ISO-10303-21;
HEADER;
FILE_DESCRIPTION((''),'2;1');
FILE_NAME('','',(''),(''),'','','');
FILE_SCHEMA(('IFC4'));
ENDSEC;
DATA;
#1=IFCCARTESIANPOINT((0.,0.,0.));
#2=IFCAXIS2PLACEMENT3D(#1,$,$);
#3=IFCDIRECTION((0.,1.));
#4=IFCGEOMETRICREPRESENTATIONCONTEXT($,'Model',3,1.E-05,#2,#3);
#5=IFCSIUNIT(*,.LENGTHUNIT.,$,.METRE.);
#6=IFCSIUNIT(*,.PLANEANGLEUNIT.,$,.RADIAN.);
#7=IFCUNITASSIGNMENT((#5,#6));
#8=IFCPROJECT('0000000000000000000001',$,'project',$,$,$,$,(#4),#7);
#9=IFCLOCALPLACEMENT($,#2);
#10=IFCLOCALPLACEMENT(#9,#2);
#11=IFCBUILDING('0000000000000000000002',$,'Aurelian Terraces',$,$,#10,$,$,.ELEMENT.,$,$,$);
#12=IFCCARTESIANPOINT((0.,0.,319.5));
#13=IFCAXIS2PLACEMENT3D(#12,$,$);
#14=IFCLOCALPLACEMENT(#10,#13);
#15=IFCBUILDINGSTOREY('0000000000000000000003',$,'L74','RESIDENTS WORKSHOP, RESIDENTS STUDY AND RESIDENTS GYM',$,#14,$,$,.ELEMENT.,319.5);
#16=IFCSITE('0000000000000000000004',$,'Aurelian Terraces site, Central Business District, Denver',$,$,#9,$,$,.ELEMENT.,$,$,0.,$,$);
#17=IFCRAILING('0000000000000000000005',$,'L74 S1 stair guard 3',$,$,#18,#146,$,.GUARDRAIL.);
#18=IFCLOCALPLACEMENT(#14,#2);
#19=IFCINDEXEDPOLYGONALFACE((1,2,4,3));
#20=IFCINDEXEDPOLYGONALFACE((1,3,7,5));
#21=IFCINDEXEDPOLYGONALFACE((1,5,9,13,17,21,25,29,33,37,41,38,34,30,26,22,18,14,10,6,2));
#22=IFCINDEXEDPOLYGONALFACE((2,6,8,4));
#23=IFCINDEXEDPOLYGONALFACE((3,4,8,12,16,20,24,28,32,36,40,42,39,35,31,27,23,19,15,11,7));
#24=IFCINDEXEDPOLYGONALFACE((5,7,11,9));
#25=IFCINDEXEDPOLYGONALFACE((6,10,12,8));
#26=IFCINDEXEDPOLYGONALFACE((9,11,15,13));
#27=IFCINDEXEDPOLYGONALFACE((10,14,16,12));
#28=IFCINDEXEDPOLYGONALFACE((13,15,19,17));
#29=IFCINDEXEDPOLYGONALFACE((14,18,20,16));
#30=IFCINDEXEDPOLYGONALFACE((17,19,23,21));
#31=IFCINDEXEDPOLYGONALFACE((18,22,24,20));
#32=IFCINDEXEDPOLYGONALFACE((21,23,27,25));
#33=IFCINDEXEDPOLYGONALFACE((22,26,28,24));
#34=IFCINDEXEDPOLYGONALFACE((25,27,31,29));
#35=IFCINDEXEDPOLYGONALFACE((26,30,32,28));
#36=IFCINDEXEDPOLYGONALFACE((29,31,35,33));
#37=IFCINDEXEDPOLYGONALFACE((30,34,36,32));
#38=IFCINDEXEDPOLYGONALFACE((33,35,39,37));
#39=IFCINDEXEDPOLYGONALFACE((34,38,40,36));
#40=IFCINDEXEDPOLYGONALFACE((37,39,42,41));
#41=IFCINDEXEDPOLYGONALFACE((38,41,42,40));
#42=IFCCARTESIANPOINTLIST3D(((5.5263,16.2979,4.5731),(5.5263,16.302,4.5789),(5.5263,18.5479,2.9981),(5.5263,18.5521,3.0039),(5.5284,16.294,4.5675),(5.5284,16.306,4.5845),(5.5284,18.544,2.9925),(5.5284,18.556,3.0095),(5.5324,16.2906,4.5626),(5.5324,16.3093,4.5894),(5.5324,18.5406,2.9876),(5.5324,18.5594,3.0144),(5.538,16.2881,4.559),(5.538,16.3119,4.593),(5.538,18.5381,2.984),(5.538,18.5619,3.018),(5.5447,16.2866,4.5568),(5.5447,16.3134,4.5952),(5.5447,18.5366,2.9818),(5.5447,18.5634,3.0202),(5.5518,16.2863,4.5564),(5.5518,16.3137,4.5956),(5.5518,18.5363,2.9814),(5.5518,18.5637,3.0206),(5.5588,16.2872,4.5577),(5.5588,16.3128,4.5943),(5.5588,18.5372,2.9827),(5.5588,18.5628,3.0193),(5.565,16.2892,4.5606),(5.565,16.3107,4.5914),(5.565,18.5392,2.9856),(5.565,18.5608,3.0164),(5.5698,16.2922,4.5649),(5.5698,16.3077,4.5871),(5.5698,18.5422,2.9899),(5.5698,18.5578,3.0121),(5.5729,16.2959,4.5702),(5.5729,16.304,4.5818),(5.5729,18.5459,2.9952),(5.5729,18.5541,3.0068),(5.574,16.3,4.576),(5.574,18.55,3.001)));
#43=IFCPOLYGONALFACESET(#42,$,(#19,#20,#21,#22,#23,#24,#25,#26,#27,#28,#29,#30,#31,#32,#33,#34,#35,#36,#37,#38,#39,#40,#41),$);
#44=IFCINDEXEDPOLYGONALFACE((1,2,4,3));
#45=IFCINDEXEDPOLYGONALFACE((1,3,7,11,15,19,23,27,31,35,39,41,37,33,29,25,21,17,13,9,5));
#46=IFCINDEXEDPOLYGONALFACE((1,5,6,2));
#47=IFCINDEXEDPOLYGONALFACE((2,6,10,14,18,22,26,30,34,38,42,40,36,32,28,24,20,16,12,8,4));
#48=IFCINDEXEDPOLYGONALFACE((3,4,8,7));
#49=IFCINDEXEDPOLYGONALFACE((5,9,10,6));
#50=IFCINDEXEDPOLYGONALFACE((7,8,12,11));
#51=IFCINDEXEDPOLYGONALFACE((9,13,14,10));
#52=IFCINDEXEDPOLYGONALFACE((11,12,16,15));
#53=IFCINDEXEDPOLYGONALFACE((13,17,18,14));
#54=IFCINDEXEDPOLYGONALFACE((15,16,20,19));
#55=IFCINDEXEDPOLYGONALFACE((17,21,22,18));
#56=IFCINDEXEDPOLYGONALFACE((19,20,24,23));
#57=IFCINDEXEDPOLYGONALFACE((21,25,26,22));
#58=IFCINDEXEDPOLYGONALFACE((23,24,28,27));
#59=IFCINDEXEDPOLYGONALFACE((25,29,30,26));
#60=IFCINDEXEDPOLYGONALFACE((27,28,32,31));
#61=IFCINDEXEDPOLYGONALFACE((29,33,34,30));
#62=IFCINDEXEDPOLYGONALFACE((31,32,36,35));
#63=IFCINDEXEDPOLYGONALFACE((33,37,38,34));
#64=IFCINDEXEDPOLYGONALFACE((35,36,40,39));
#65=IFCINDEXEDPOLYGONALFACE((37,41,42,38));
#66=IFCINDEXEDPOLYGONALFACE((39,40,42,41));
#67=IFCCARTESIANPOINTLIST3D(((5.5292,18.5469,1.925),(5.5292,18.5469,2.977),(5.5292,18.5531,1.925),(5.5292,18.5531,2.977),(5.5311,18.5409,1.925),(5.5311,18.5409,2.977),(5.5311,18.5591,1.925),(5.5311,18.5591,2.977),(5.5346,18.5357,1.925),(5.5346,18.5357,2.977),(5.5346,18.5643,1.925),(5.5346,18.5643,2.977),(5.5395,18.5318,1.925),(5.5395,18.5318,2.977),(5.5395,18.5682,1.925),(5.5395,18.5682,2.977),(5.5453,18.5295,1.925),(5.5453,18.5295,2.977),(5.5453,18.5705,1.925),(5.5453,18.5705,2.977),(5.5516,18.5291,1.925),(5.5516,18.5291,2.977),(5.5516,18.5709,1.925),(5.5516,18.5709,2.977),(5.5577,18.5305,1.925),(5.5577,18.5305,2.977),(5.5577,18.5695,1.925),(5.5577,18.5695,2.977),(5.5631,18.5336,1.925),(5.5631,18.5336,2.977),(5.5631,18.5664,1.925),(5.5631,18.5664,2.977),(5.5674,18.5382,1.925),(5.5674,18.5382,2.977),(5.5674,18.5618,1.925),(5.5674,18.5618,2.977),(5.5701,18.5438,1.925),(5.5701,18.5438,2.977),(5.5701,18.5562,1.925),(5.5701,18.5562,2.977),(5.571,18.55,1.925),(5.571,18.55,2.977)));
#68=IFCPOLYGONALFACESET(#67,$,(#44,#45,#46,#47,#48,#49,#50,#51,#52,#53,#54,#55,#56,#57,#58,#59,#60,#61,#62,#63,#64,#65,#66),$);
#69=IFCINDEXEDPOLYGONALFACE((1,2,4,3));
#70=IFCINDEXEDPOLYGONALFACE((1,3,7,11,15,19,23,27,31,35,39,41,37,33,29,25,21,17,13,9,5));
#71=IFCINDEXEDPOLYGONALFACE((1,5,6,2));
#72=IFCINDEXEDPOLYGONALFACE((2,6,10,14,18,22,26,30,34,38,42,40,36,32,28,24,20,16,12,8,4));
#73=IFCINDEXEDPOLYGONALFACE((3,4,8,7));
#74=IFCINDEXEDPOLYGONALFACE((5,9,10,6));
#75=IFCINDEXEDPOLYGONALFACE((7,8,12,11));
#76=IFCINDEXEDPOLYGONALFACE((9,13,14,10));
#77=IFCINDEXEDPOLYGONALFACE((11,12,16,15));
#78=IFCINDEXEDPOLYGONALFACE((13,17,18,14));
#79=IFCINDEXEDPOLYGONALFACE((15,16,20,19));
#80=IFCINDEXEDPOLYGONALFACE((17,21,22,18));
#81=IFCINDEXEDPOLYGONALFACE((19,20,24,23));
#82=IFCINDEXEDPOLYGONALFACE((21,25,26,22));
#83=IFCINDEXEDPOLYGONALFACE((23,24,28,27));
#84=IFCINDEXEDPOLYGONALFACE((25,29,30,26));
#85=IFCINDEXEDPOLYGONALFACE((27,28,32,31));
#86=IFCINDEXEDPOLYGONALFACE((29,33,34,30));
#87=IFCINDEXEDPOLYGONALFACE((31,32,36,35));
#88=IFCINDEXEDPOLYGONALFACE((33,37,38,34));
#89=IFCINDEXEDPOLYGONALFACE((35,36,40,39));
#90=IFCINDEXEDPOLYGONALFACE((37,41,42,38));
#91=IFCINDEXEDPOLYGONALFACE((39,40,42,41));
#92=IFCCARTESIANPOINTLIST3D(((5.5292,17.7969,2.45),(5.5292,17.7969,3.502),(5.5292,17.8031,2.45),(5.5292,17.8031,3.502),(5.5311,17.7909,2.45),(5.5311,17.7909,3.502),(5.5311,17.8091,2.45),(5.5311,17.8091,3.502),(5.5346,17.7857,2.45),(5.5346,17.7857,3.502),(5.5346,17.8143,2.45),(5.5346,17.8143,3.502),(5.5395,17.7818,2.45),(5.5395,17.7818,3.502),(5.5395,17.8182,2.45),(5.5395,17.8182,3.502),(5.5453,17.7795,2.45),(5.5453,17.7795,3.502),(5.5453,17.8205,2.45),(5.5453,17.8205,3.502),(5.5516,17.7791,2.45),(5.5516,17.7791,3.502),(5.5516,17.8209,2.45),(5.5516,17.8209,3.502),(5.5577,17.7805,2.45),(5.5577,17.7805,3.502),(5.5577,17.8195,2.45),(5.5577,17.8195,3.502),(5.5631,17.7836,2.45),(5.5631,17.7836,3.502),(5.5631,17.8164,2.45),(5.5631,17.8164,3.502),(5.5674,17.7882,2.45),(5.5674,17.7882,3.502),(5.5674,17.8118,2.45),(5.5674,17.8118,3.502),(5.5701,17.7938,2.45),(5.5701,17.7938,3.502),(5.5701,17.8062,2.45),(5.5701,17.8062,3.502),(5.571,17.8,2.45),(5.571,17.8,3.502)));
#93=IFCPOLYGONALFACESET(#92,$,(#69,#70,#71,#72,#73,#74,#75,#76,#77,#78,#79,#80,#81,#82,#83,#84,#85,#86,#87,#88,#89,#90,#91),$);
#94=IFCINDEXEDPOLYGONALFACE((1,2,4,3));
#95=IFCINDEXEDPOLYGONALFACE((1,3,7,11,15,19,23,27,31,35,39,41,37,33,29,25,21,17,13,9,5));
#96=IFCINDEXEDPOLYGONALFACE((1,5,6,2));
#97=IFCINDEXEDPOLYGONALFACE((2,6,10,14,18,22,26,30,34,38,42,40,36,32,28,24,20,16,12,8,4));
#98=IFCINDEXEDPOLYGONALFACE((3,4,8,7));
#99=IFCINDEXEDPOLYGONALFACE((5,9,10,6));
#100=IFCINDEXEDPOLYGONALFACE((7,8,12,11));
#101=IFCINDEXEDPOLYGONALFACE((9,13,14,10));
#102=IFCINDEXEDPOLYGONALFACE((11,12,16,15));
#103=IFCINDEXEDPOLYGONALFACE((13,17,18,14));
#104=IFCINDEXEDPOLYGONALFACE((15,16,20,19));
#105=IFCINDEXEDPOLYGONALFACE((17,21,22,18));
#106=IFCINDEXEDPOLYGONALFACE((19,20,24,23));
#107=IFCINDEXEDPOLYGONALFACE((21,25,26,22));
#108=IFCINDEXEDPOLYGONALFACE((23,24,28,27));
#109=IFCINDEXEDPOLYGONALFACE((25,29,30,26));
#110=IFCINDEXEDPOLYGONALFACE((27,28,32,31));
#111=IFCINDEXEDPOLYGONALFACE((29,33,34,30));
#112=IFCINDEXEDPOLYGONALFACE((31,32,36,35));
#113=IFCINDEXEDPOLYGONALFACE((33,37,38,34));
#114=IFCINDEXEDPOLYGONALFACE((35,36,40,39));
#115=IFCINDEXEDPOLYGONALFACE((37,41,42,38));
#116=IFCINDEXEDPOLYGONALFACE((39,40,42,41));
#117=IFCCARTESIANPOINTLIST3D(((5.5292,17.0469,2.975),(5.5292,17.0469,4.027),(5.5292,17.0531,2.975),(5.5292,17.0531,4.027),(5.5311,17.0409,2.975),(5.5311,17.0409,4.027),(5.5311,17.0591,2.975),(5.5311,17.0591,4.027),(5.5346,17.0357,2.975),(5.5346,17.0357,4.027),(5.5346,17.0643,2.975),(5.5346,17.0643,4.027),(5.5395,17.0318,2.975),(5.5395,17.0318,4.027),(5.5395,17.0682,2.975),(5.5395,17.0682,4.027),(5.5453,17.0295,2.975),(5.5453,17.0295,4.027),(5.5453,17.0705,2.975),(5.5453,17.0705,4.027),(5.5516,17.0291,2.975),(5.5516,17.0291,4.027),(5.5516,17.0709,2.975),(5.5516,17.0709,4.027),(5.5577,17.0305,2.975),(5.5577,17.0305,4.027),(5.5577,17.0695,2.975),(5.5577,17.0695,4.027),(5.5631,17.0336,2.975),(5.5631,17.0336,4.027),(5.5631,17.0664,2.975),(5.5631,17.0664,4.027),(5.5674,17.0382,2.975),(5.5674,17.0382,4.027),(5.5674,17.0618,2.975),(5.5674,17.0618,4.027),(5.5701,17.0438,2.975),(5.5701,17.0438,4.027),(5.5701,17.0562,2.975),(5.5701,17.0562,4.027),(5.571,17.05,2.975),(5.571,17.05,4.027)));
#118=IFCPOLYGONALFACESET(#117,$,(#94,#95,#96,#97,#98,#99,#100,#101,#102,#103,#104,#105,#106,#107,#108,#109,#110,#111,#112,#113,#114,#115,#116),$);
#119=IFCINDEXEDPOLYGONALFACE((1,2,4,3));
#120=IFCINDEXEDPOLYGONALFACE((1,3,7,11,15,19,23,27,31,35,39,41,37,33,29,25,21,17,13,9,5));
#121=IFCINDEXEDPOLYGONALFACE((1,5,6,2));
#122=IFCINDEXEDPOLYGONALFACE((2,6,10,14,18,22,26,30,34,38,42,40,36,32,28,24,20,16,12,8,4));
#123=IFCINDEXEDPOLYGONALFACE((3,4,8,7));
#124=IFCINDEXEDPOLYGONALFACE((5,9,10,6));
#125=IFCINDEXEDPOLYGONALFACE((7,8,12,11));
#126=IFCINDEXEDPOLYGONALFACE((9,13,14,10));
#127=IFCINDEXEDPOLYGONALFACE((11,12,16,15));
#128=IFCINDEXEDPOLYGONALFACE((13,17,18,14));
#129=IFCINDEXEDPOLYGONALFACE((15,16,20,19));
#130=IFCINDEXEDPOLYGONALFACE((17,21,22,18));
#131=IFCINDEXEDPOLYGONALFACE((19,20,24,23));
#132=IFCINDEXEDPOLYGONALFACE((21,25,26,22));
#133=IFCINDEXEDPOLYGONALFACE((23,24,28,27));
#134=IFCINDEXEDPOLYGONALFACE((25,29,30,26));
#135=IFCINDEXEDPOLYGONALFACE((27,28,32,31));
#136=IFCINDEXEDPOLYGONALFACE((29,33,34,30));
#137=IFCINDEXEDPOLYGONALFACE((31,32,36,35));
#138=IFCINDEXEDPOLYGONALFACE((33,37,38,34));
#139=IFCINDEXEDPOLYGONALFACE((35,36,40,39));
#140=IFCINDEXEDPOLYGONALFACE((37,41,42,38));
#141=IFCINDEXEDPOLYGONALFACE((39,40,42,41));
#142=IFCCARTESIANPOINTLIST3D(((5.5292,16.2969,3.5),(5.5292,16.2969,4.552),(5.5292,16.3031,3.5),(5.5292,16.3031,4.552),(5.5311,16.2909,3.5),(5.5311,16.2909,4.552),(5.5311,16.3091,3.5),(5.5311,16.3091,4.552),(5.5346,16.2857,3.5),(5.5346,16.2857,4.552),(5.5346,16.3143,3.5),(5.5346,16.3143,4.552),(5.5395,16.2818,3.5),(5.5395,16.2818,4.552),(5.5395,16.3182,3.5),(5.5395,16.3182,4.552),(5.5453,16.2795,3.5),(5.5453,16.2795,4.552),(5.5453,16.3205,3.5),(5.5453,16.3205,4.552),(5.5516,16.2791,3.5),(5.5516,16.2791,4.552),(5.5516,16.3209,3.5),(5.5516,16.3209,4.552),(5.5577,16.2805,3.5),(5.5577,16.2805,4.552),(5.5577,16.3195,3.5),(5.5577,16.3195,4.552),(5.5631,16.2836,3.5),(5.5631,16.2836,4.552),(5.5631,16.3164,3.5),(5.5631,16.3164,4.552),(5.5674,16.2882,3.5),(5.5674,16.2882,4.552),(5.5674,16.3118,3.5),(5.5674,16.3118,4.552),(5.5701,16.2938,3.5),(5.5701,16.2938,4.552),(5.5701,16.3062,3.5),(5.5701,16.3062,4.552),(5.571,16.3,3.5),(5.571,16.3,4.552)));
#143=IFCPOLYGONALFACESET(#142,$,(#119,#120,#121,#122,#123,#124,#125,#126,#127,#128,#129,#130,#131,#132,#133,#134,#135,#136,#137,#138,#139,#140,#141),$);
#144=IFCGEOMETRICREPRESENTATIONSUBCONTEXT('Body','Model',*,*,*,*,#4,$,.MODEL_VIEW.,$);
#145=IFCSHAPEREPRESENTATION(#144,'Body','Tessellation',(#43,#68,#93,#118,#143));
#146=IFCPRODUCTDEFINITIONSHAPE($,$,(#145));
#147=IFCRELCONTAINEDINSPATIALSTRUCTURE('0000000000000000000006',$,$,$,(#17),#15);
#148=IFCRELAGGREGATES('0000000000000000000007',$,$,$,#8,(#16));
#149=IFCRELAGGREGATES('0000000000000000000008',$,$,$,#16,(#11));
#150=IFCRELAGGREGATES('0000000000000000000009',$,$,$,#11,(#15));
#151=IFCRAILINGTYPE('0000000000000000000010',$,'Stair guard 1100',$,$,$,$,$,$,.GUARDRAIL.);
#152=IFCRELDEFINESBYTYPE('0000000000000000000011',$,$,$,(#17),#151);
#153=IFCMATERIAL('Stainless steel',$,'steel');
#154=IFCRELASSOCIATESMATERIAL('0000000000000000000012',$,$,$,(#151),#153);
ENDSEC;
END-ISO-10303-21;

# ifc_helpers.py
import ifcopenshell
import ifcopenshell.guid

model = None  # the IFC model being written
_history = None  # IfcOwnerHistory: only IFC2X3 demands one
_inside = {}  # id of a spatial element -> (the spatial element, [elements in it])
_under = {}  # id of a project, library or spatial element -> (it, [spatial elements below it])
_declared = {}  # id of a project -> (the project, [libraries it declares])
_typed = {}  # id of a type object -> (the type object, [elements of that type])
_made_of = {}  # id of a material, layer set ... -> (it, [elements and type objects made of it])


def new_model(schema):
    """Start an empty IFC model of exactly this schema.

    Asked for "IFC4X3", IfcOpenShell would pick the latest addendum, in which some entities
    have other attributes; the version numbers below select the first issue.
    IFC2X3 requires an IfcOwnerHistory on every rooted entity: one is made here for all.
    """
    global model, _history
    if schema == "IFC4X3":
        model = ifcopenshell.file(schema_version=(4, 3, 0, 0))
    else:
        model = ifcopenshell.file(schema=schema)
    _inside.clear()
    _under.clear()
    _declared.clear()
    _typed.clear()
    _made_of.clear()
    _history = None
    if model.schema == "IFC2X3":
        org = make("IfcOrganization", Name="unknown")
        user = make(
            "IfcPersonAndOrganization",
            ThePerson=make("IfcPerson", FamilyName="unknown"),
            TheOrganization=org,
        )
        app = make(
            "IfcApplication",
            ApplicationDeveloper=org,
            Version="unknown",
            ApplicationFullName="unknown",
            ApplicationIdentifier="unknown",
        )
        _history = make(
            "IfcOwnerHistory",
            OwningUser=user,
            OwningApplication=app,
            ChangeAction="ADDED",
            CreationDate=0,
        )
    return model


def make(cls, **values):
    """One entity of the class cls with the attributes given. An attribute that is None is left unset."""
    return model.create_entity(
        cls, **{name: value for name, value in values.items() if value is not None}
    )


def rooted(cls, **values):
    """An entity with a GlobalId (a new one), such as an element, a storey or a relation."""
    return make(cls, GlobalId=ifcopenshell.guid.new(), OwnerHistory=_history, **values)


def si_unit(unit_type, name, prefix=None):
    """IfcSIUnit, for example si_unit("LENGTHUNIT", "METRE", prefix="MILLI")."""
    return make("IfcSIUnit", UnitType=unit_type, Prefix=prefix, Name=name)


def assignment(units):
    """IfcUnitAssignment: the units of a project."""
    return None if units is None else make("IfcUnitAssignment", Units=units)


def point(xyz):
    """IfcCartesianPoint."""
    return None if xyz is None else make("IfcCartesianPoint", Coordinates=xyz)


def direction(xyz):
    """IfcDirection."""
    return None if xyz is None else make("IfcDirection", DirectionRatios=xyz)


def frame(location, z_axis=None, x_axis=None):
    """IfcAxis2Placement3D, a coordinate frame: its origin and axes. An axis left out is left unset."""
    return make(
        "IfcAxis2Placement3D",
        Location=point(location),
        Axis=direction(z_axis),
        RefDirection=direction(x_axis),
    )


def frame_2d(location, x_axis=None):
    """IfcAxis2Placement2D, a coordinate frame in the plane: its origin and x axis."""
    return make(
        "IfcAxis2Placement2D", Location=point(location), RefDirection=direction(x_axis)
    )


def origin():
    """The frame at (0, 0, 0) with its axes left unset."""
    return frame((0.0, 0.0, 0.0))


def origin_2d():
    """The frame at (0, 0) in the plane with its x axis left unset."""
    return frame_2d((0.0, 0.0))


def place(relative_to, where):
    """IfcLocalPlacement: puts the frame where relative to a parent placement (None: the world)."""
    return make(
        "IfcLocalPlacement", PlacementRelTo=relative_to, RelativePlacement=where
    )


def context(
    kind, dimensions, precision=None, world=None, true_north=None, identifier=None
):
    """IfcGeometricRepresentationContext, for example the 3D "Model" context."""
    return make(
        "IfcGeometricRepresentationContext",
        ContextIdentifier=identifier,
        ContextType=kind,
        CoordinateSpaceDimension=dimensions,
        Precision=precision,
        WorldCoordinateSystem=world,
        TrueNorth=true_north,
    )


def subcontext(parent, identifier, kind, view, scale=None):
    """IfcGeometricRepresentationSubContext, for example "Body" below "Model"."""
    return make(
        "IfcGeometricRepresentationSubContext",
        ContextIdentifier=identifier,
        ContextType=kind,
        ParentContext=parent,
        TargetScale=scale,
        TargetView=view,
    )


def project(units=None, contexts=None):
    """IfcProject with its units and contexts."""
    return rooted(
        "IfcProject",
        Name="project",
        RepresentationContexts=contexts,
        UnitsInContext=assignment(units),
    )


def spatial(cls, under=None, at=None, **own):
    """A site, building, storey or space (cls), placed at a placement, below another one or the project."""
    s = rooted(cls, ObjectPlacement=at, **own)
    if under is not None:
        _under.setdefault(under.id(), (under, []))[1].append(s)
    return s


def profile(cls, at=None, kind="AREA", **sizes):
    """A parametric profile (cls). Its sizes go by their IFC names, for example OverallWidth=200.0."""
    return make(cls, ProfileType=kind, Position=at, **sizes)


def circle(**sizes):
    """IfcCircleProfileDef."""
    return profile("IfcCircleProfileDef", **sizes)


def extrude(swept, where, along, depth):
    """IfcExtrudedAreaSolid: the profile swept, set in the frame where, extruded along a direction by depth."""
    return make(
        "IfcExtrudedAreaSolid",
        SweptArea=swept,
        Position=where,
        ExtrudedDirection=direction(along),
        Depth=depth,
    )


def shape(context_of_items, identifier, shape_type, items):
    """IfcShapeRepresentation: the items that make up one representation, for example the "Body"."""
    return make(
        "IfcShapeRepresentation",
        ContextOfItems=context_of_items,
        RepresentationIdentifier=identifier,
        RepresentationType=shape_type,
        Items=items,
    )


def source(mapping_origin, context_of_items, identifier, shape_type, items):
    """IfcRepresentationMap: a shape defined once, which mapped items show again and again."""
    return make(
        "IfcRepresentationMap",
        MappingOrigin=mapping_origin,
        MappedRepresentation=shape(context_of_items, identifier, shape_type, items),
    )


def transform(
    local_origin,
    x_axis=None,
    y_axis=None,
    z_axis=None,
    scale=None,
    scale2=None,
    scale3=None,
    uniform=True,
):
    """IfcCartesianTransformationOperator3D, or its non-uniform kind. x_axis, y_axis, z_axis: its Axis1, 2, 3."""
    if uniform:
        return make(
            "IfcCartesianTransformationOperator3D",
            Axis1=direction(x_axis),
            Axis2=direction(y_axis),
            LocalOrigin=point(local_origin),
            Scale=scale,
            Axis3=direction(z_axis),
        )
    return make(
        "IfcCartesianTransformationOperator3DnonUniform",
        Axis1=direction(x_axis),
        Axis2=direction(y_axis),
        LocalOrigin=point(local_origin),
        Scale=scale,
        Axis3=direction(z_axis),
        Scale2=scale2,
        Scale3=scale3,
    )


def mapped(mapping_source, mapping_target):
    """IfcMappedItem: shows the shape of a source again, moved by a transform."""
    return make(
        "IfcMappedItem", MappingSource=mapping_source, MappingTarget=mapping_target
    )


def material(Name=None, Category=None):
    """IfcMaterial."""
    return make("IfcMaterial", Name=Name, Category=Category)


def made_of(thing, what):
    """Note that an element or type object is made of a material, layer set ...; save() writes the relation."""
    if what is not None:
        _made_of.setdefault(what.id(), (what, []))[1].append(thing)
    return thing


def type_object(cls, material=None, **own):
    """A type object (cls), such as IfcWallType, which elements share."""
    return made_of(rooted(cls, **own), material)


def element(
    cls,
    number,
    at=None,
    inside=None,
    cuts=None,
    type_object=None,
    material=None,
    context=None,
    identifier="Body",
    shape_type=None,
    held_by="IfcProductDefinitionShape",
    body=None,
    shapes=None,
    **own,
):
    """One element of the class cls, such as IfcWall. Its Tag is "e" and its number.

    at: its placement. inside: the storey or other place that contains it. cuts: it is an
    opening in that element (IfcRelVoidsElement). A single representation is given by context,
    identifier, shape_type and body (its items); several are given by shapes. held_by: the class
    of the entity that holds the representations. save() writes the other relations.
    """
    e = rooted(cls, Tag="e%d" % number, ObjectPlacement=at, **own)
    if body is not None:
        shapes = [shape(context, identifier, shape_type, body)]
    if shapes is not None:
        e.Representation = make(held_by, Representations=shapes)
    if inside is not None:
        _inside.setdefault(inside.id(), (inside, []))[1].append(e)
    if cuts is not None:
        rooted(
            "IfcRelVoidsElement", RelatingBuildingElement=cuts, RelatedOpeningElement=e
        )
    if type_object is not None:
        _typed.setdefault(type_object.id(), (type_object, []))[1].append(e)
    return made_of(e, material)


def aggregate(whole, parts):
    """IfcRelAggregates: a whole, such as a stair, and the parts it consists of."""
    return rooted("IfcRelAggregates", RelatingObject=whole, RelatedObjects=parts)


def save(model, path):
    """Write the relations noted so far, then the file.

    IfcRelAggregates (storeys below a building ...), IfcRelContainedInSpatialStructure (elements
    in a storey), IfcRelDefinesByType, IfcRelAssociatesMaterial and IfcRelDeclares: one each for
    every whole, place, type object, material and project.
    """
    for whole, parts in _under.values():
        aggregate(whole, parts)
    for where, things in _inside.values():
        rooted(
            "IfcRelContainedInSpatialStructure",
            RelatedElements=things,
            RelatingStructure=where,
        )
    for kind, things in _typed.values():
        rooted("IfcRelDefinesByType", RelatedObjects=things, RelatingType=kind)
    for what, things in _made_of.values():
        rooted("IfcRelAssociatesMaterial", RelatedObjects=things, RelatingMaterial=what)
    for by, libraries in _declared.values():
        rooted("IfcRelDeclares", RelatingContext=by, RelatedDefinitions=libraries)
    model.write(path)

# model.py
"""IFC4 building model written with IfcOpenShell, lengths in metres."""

from ifc_helpers import new_model, si_unit, direction, frame, origin, origin_2d, place, context, subcontext, project, spatial, circle, extrude, source, transform, mapped, material, type_object, element, save


model = new_model("IFC4")

# Units and contexts
model_context = context("Model", 3, precision=1e-05, world=origin(), true_north=direction((0.0, 1.0)))
body_context = subcontext(model_context, "Body", "Model", "MODEL_VIEW")
ifc_project = project(units=[si_unit("LENGTHUNIT", "METRE"), si_unit("PLANEANGLEUNIT", "RADIAN")], contexts=[model_context])

# Site, building, storey
site_placement = place(None, origin())
site = spatial("IfcSite", under=ifc_project, at=site_placement, Name="Aurelian Terraces site, Central Business District, Denver", CompositionType="ELEMENT", RefElevation=0.0)
building_placement = place(site_placement, origin())
building = spatial("IfcBuilding", under=site, at=building_placement, Name="Aurelian Terraces", CompositionType="ELEMENT")
storey_placement = place(building_placement, frame((0.0, 0.0, 319.5)))
storey = spatial("IfcBuildingStorey", under=building, at=storey_placement, Name="L74", Description="RESIDENTS WORKSHOP, RESIDENTS STUDY AND RESIDENTS GYM", CompositionType="ELEMENT", Elevation=319.5)

# Railing
ifc_material_1 = material(Name="Stainless steel", Category="steel")
railing_type_1 = type_object("IfcRailingType", Name="Stair guard 1100", PredefinedType="GUARDRAIL", material=ifc_material_1)
shared_shape_1 = source(origin(), body_context, "Body", "SweptSolid", [
    extrude(circle(Radius=0.024, at=origin_2d()), frame((0.0, 0.0, 1.076), z_axis=(0.0, -0.819232, 0.573462), x_axis=(1.0, 0.0, 0.0)), (0.0, 0.0, 1.0), 2.7465),
    extrude(circle(Radius=0.021, at=origin_2d()), origin(), (0.0, 0.0, 1.0), 1.052),
    extrude(circle(Radius=0.021, at=origin_2d()), frame((0.0, -0.75, 0.525)), (0.0, 0.0, 1.0), 1.052),
    extrude(circle(Radius=0.021, at=origin_2d()), frame((0.0, -1.5, 1.05)), (0.0, 0.0, 1.0), 1.052),
    extrude(circle(Radius=0.021, at=origin_2d()), frame((0.0, -2.25, 1.575)), (0.0, 0.0, 1.0), 1.052),
])
railing_1_placement = place(storey_placement, frame((5.55, 18.55, 1.925)))
element("IfcRailing", 1, at=railing_1_placement, inside=storey, type_object=railing_type_1, Name="L74 S1 stair guard 3", PredefinedType="GUARDRAIL", context=body_context, shape_type="MappedRepresentation", body=[
    mapped(shared_shape_1, transform((0.0, 0.0, 0.0), scale=1.0)),
])

save(model, "model.ifc")
